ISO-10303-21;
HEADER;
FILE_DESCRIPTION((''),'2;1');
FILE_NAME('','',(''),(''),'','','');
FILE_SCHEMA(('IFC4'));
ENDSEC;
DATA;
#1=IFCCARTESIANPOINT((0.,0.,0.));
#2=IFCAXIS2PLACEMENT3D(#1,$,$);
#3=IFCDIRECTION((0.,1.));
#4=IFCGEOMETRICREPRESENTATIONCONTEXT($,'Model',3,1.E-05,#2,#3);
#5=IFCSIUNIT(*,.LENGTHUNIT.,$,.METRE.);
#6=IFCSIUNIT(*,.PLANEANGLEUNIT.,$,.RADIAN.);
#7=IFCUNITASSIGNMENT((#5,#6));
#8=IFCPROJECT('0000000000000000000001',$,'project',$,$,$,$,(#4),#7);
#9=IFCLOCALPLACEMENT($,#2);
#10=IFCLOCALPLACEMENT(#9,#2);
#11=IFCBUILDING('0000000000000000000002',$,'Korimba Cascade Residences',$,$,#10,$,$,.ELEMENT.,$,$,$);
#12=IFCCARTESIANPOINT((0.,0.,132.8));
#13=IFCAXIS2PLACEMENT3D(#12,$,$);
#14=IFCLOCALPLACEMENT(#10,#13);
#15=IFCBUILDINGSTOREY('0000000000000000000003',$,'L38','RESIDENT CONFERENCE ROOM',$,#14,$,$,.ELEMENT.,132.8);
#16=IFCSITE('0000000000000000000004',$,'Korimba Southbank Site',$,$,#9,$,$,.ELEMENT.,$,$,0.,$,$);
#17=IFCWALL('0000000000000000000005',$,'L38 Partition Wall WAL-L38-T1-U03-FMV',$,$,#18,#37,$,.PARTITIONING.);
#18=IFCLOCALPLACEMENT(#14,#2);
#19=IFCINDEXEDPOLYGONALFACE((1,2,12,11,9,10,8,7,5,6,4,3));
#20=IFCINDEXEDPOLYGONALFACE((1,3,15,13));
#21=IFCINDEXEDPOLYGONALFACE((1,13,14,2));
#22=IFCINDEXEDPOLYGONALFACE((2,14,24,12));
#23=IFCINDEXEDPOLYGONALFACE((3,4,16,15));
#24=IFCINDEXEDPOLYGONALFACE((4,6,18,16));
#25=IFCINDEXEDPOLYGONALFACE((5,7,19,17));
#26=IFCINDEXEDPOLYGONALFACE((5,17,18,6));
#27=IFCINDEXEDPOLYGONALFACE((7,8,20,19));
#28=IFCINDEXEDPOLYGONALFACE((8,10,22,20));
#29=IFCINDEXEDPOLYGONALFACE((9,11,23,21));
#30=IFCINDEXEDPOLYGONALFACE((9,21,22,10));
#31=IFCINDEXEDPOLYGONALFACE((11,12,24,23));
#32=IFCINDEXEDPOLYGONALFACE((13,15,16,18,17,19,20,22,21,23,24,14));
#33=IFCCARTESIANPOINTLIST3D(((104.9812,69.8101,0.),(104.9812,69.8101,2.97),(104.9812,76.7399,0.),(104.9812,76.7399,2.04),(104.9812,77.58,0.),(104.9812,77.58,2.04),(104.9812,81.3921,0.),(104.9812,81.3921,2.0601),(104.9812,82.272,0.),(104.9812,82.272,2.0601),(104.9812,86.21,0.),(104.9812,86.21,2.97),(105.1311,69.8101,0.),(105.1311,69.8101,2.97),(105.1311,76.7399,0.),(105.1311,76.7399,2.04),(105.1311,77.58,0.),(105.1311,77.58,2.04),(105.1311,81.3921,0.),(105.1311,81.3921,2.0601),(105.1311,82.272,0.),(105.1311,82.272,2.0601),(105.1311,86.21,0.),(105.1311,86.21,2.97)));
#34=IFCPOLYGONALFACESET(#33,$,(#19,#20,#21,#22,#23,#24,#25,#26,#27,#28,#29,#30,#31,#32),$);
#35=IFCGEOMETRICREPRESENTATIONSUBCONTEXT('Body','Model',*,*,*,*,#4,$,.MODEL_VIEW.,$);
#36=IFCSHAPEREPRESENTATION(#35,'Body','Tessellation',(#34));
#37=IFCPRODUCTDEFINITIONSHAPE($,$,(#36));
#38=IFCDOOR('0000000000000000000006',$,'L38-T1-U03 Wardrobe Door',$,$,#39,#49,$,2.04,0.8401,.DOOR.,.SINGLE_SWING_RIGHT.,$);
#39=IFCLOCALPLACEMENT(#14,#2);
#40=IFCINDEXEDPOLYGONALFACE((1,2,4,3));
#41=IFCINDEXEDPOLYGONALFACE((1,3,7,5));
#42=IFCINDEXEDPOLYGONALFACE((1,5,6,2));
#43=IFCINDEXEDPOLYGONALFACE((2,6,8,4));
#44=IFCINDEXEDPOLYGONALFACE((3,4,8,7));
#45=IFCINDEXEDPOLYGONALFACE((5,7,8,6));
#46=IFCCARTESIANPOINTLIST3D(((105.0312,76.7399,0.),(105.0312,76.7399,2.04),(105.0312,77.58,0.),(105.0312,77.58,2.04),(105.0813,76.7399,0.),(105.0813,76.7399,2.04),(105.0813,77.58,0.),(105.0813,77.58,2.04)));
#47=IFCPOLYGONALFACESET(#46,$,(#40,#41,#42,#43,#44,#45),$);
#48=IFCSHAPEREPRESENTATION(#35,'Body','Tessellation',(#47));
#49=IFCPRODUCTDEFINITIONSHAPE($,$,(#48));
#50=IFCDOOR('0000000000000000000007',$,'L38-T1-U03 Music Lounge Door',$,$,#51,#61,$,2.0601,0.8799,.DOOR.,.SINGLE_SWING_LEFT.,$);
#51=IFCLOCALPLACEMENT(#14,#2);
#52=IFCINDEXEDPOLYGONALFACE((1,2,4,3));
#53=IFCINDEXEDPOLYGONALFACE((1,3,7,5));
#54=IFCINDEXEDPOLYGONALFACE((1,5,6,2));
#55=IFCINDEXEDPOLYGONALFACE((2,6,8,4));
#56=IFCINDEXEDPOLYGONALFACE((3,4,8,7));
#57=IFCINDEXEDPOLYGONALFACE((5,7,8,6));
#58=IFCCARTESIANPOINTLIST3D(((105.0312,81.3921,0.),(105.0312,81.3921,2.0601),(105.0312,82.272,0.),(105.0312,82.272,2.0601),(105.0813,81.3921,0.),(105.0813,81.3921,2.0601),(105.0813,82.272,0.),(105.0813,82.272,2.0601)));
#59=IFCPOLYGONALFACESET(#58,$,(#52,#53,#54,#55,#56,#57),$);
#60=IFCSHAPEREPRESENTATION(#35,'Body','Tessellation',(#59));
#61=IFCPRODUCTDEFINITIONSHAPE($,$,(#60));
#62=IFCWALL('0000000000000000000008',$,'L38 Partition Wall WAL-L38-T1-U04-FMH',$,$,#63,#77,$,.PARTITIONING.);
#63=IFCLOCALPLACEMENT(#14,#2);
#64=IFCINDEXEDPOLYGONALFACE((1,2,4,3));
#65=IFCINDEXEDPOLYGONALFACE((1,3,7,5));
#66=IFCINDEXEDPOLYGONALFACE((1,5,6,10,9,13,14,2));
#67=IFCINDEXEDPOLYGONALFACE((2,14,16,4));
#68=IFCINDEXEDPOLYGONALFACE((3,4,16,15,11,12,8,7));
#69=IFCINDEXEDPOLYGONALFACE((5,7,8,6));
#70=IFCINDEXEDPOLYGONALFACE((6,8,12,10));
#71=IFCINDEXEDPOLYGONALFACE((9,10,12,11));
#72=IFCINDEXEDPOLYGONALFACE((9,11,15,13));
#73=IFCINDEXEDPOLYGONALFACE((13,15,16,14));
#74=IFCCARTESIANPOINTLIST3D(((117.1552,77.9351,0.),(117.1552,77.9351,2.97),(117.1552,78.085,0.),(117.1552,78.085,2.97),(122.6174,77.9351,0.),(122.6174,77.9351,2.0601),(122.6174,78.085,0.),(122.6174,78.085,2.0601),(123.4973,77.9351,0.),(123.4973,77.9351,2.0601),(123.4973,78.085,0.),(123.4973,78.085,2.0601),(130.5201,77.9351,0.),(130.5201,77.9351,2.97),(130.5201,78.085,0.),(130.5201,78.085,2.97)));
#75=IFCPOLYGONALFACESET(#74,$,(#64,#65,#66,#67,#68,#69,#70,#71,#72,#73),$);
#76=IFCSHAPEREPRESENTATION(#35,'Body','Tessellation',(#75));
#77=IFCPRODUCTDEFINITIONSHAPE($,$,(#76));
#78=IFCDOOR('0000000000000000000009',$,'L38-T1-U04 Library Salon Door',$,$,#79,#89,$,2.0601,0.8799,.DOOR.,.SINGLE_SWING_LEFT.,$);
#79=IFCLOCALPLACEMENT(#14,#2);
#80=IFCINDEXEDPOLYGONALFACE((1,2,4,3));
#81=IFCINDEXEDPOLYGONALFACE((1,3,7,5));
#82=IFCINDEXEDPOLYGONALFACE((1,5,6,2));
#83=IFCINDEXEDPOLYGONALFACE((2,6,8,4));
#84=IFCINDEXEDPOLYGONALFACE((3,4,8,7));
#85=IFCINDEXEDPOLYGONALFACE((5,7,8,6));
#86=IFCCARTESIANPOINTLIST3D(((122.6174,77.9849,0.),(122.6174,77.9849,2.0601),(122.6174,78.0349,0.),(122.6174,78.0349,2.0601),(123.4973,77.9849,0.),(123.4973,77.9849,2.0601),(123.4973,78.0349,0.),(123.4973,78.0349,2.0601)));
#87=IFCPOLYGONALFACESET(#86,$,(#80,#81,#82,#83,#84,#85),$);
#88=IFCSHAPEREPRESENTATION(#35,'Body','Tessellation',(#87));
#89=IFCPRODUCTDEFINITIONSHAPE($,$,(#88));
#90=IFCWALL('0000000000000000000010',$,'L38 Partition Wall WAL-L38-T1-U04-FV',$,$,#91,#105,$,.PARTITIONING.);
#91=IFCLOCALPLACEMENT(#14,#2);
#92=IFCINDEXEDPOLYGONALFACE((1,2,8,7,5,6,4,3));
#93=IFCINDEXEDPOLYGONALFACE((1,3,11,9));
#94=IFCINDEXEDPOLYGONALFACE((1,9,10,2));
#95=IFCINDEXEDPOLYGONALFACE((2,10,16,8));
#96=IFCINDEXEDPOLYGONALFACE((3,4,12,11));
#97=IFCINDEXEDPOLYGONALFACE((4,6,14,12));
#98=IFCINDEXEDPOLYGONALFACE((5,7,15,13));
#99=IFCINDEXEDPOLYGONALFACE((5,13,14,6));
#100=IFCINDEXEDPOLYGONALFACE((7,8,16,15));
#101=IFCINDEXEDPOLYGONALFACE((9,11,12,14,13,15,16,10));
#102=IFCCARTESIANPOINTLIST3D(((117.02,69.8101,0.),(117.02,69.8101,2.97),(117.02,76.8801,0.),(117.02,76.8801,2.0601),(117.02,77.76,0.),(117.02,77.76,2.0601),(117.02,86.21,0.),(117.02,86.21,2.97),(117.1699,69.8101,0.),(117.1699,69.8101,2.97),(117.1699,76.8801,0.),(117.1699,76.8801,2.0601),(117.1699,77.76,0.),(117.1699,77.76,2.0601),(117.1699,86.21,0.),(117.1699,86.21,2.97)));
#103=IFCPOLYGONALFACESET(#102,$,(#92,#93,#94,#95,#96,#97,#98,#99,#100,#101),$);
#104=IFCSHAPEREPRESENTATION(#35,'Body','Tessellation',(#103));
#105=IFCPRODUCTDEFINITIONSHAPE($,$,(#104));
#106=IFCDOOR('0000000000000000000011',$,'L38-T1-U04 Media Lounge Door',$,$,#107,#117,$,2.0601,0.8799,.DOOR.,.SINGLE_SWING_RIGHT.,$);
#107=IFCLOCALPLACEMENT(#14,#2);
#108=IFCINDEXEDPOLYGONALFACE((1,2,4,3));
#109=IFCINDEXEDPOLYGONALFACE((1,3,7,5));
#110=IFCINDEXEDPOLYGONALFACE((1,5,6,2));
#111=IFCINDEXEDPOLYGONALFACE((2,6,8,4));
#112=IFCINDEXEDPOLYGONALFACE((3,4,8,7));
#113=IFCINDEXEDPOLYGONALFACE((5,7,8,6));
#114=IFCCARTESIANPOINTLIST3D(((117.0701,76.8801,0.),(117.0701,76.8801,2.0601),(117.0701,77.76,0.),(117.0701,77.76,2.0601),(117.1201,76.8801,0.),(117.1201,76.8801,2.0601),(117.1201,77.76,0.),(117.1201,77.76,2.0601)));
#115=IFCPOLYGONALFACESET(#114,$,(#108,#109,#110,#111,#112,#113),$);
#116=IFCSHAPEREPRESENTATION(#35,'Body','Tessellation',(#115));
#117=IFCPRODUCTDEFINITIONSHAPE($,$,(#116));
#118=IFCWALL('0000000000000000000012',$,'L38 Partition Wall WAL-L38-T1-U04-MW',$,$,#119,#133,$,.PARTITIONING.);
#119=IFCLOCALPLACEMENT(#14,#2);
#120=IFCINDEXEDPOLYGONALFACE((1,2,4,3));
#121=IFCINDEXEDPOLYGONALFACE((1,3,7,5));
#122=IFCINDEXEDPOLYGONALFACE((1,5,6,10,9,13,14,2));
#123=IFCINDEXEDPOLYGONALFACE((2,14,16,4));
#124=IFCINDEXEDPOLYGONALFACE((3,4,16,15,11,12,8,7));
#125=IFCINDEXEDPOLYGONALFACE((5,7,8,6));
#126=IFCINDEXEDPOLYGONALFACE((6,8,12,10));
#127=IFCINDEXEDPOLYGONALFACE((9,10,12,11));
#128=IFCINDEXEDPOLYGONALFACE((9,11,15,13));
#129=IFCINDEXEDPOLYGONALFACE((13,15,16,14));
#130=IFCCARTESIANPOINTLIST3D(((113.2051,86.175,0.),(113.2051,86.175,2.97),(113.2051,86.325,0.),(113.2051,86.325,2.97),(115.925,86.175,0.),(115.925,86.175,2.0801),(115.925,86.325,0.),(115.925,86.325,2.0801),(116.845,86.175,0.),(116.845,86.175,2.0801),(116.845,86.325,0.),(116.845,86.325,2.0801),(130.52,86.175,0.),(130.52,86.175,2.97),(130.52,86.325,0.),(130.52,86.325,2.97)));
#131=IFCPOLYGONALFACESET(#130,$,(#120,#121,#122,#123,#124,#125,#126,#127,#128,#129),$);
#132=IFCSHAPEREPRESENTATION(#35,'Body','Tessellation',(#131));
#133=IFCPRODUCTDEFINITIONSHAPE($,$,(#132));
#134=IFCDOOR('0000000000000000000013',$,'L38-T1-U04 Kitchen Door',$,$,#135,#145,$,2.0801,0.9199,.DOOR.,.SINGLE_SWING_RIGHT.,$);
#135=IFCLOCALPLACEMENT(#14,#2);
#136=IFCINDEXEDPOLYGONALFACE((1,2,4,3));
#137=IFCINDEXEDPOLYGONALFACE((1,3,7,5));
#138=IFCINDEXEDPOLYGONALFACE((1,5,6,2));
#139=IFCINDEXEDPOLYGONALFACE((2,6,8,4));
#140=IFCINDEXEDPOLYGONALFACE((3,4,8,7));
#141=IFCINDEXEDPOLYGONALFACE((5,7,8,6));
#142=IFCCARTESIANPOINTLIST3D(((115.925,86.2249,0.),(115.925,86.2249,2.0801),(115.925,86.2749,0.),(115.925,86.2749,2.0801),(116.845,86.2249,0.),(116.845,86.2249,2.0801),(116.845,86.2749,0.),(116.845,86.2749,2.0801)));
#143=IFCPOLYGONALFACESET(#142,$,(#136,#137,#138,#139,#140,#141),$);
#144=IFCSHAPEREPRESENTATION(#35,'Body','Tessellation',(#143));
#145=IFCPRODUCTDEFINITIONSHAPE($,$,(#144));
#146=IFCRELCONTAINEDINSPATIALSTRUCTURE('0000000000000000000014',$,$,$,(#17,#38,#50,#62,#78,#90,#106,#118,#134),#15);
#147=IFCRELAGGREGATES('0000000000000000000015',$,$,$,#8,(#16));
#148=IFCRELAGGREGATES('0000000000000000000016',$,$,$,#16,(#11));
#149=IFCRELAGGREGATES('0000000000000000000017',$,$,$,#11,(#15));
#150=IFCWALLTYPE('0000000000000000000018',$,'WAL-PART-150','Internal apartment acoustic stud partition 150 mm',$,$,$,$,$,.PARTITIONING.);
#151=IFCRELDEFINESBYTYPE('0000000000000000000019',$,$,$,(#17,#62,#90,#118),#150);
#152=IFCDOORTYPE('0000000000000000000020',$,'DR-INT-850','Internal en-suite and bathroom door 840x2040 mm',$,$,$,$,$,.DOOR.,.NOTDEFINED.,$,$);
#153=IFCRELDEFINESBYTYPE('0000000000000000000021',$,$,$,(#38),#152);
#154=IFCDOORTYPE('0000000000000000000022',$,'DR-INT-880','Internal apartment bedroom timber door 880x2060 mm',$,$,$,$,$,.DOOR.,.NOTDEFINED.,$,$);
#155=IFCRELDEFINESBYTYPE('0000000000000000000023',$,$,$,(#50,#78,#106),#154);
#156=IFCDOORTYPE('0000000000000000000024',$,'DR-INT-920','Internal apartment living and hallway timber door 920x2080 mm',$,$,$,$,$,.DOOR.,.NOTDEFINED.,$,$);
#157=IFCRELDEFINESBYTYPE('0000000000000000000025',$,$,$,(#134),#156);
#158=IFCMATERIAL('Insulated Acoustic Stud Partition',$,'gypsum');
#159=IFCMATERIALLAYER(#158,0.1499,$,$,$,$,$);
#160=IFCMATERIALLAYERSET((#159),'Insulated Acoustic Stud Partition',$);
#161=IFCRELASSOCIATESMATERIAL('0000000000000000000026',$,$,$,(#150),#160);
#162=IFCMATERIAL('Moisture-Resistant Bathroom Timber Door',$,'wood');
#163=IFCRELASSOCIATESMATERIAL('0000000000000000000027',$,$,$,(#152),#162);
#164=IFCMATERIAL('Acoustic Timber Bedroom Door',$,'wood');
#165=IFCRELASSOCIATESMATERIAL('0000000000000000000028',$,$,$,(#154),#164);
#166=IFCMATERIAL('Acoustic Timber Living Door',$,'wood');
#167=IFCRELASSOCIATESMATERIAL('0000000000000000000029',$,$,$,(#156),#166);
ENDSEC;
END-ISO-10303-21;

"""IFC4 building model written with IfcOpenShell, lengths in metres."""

from ifc_helpers import new_model, si_unit, direction, frame, frame_2d, origin, place, context, subcontext, project, spatial, rectangle, extrude, material, layer, layer_set, type_object, element, fill, save


model = new_model("IFC4")

# Units and contexts
model_context = context("Model", 3, precision=1e-05, world=origin(), true_north=direction((0.0, 1.0)))
body_context = subcontext(model_context, "Body", "Model", "MODEL_VIEW")
ifc_project = project(units=[si_unit("LENGTHUNIT", "METRE"), si_unit("PLANEANGLEUNIT", "RADIAN")], contexts=[model_context])

# Site, building, storey
site_placement = place(None, origin())
site = spatial("IfcSite", under=ifc_project, at=site_placement, Name="Korimba Southbank Site", CompositionType="ELEMENT", RefElevation=0.0)
building_placement = place(site_placement, origin())
building = spatial("IfcBuilding", under=site, at=building_placement, Name="Korimba Cascade Residences", CompositionType="ELEMENT")
storey_placement = place(building_placement, frame((0.0, 0.0, 132.8)))
storey = spatial("IfcBuildingStorey", under=building, at=storey_placement, Name="L38", Description="RESIDENT CONFERENCE ROOM", CompositionType="ELEMENT", Elevation=132.8)

# Wall, openings, doors
ifc_material_1 = material(Name="Insulated Acoustic Stud Partition", Category="gypsum")
ifc_layer_1 = layer(ifc_material_1, 0.1499)
ifc_layer_set_1 = layer_set([ifc_layer_1], Name="Insulated Acoustic Stud Partition")
wall_type_1 = type_object("IfcWallType", Name="WAL-PART-150", Description="Internal apartment acoustic stud partition 150 mm", PredefinedType="PARTITIONING", material=ifc_layer_set_1)
wall_1_placement = place(storey_placement, frame((105.0562, 69.8101, 0.0), z_axis=(0.0, 0.0, 1.0), x_axis=(0.0, 1.0, 0.0)))
wall_1 = element("IfcWall", 1, at=wall_1_placement, inside=storey, type_object=wall_type_1, Name="L38 Partition Wall WAL-L38-T1-U03-FMV", PredefinedType="PARTITIONING", context=body_context, shape_type="SweptSolid", body=[
    extrude(rectangle(XDim=16.3999, YDim=0.1499, at=frame_2d((8.2, 0.0))), origin(), (0.0, 0.0, 1.0), 2.97),
])
opening_1_placement = place(wall_1_placement, frame((6.9299, 0.0, 0.0)))
opening_1 = element("IfcOpeningElement", 2, at=opening_1_placement, cuts=wall_1, PredefinedType="OPENING", context=body_context, shape_type="SweptSolid", body=[
    extrude(rectangle(XDim=0.8401, YDim=2.04, at=frame_2d((0.4199, 1.02))), frame((0.0, 0.085, 0.0), z_axis=(0.0, -1.0, 0.0), x_axis=(1.0, 0.0, 0.0)), (0.0, 0.0, 1.0), 0.1699),
])
opening_2_placement = place(wall_1_placement, frame((11.582, 0.0, 0.0)))
opening_2 = element("IfcOpeningElement", 3, at=opening_2_placement, cuts=wall_1, PredefinedType="OPENING", context=body_context, shape_type="SweptSolid", body=[
    extrude(rectangle(XDim=0.8799, YDim=2.0601, at=frame_2d((0.4399, 1.03))), frame((0.0, 0.085, 0.0), z_axis=(0.0, -1.0, 0.0), x_axis=(1.0, 0.0, 0.0)), (0.0, 0.0, 1.0), 0.1699),
])
ifc_material_2 = material(Name="Moisture-Resistant Bathroom Timber Door", Category="wood")
door_type_1 = type_object("IfcDoorType", Name="DR-INT-850", Description="Internal en-suite and bathroom door 840x2040 mm", OperationType="NOTDEFINED", PredefinedType="DOOR", material=ifc_material_2)
door_1_placement = place(opening_1_placement, origin())
door_1 = element("IfcDoor", 4, at=door_1_placement, inside=storey, type_object=door_type_1, Name="L38-T1-U03 Wardrobe Door", OperationType="SINGLE_SWING_RIGHT", OverallHeight=2.04, OverallWidth=0.8401, PredefinedType="DOOR", context=body_context, shape_type="SweptSolid", body=[
    extrude(rectangle(XDim=0.8401, YDim=2.04, at=frame_2d((0.4199, 1.02))), frame((0.0, 0.0249, 0.0), z_axis=(0.0, -1.0, 0.0), x_axis=(1.0, 0.0, 0.0)), (0.0, 0.0, 1.0), 0.05),
])
fill(opening_1, door_1)
ifc_material_3 = material(Name="Acoustic Timber Bedroom Door", Category="wood")
door_type_2 = type_object("IfcDoorType", Name="DR-INT-880", Description="Internal apartment bedroom timber door 880x2060 mm", OperationType="NOTDEFINED", PredefinedType="DOOR", material=ifc_material_3)
door_2_placement = place(opening_2_placement, origin())
door_2 = element("IfcDoor", 5, at=door_2_placement, inside=storey, type_object=door_type_2, Name="L38-T1-U03 Music Lounge Door", OperationType="SINGLE_SWING_LEFT", OverallHeight=2.0601, OverallWidth=0.8799, PredefinedType="DOOR", context=body_context, shape_type="SweptSolid", body=[
    extrude(rectangle(XDim=0.8799, YDim=2.0601, at=frame_2d((0.4399, 1.03))), frame((0.0, 0.0249, 0.0), z_axis=(0.0, -1.0, 0.0), x_axis=(1.0, 0.0, 0.0)), (0.0, 0.0, 1.0), 0.05),
])
fill(opening_2, door_2)

# Walls, openings, doors
wall_2_placement = place(storey_placement, frame((117.155, 78.01, 0.0), z_axis=(0.0, 0.0, 1.0), x_axis=(1.0, 0.0, 0.0)))
wall_2 = element("IfcWall", 6, at=wall_2_placement, inside=storey, type_object=wall_type_1, Name="L38 Partition Wall WAL-L38-T1-U04-FMH", PredefinedType="PARTITIONING", context=body_context, shape_type="SweptSolid", body=[
    extrude(rectangle(XDim=13.365, YDim=0.1499, at=frame_2d((6.6826, 0.0))), origin(), (0.0, 0.0, 1.0), 2.97),
])
opening_3_placement = place(wall_2_placement, frame((5.4624, 0.0, 0.0)))
opening_3 = element("IfcOpeningElement", 7, at=opening_3_placement, cuts=wall_2, PredefinedType="OPENING", context=body_context, shape_type="SweptSolid", body=[
    extrude(rectangle(XDim=0.8799, YDim=2.0601, at=frame_2d((0.4399, 1.03))), frame((0.0, 0.085, 0.0), z_axis=(0.0, -1.0, 0.0), x_axis=(1.0, 0.0, 0.0)), (0.0, 0.0, 1.0), 0.1699),
])
door_3_placement = place(opening_3_placement, origin())
door_3 = element("IfcDoor", 8, at=door_3_placement, inside=storey, type_object=door_type_2, Name="L38-T1-U04 Library Salon Door", OperationType="SINGLE_SWING_LEFT", OverallHeight=2.0601, OverallWidth=0.8799, PredefinedType="DOOR", context=body_context, shape_type="SweptSolid", body=[
    extrude(rectangle(XDim=0.8799, YDim=2.0601, at=frame_2d((0.4399, 1.03))), frame((0.0, 0.0249, 0.0), z_axis=(0.0, -1.0, 0.0), x_axis=(1.0, 0.0, 0.0)), (0.0, 0.0, 1.0), 0.05),
])
fill(opening_3, door_3)
wall_3_placement = place(storey_placement, frame((117.095, 69.8101, 0.0), z_axis=(0.0, 0.0, 1.0), x_axis=(0.0, 1.0, 0.0)))
wall_3 = element("IfcWall", 9, at=wall_3_placement, inside=storey, type_object=wall_type_1, Name="L38 Partition Wall WAL-L38-T1-U04-FV", PredefinedType="PARTITIONING", context=body_context, shape_type="SweptSolid", body=[
    extrude(rectangle(XDim=16.3999, YDim=0.1499, at=frame_2d((8.2, 0.0))), origin(), (0.0, 0.0, 1.0), 2.97),
])
opening_4_placement = place(wall_3_placement, frame((7.0701, 0.0, 0.0)))
opening_4 = element("IfcOpeningElement", 10, at=opening_4_placement, cuts=wall_3, PredefinedType="OPENING", context=body_context, shape_type="SweptSolid", body=[
    extrude(rectangle(XDim=0.8799, YDim=2.0601, at=frame_2d((0.4399, 1.03))), frame((0.0, 0.085, 0.0), z_axis=(0.0, -1.0, 0.0), x_axis=(1.0, 0.0, 0.0)), (0.0, 0.0, 1.0), 0.1699),
])
door_4_placement = place(opening_4_placement, origin())
door_4 = element("IfcDoor", 11, at=door_4_placement, inside=storey, type_object=door_type_2, Name="L38-T1-U04 Media Lounge Door", OperationType="SINGLE_SWING_RIGHT", OverallHeight=2.0601, OverallWidth=0.8799, PredefinedType="DOOR", context=body_context, shape_type="SweptSolid", body=[
    extrude(rectangle(XDim=0.8799, YDim=2.0601, at=frame_2d((0.4399, 1.03))), frame((0.0, 0.0249, 0.0), z_axis=(0.0, -1.0, 0.0), x_axis=(1.0, 0.0, 0.0)), (0.0, 0.0, 1.0), 0.05),
])
fill(opening_4, door_4)
wall_4_placement = place(storey_placement, frame((113.2051, 86.25, 0.0), z_axis=(0.0, 0.0, 1.0), x_axis=(1.0, 0.0, 0.0)))
wall_4 = element("IfcWall", 12, at=wall_4_placement, inside=storey, type_object=wall_type_1, Name="L38 Partition Wall WAL-L38-T1-U04-MW", PredefinedType="PARTITIONING", context=body_context, shape_type="SweptSolid", body=[
    extrude(rectangle(XDim=17.3149, YDim=0.1499, at=frame_2d((8.6575, 0.0))), origin(), (0.0, 0.0, 1.0), 2.97),
])
opening_5_placement = place(wall_4_placement, frame((2.72, 0.0, 0.0)))
opening_5 = element("IfcOpeningElement", 13, at=opening_5_placement, cuts=wall_4, PredefinedType="OPENING", context=body_context, shape_type="SweptSolid", body=[
    extrude(rectangle(XDim=0.9199, YDim=2.0801, at=frame_2d((0.46, 1.04))), frame((0.0, 0.085, 0.0), z_axis=(0.0, -1.0, 0.0), x_axis=(1.0, 0.0, 0.0)), (0.0, 0.0, 1.0), 0.1699),
])
ifc_material_4 = material(Name="Acoustic Timber Living Door", Category="wood")
door_type_3 = type_object("IfcDoorType", Name="DR-INT-920", Description="Internal apartment living and hallway timber door 920x2080 mm", OperationType="NOTDEFINED", PredefinedType="DOOR", material=ifc_material_4)
door_5_placement = place(opening_5_placement, origin())
door_5 = element("IfcDoor", 14, at=door_5_placement, inside=storey, type_object=door_type_3, Name="L38-T1-U04 Kitchen Door", OperationType="SINGLE_SWING_RIGHT", OverallHeight=2.0801, OverallWidth=0.9199, PredefinedType="DOOR", context=body_context, shape_type="SweptSolid", body=[
    extrude(rectangle(XDim=0.9199, YDim=2.0801, at=frame_2d((0.46, 1.04))), frame((0.0, 0.0249, 0.0), z_axis=(0.0, -1.0, 0.0), x_axis=(1.0, 0.0, 0.0)), (0.0, 0.0, 1.0), 0.05),
])
fill(opening_5, door_5)

save(model, "model.ifc")
